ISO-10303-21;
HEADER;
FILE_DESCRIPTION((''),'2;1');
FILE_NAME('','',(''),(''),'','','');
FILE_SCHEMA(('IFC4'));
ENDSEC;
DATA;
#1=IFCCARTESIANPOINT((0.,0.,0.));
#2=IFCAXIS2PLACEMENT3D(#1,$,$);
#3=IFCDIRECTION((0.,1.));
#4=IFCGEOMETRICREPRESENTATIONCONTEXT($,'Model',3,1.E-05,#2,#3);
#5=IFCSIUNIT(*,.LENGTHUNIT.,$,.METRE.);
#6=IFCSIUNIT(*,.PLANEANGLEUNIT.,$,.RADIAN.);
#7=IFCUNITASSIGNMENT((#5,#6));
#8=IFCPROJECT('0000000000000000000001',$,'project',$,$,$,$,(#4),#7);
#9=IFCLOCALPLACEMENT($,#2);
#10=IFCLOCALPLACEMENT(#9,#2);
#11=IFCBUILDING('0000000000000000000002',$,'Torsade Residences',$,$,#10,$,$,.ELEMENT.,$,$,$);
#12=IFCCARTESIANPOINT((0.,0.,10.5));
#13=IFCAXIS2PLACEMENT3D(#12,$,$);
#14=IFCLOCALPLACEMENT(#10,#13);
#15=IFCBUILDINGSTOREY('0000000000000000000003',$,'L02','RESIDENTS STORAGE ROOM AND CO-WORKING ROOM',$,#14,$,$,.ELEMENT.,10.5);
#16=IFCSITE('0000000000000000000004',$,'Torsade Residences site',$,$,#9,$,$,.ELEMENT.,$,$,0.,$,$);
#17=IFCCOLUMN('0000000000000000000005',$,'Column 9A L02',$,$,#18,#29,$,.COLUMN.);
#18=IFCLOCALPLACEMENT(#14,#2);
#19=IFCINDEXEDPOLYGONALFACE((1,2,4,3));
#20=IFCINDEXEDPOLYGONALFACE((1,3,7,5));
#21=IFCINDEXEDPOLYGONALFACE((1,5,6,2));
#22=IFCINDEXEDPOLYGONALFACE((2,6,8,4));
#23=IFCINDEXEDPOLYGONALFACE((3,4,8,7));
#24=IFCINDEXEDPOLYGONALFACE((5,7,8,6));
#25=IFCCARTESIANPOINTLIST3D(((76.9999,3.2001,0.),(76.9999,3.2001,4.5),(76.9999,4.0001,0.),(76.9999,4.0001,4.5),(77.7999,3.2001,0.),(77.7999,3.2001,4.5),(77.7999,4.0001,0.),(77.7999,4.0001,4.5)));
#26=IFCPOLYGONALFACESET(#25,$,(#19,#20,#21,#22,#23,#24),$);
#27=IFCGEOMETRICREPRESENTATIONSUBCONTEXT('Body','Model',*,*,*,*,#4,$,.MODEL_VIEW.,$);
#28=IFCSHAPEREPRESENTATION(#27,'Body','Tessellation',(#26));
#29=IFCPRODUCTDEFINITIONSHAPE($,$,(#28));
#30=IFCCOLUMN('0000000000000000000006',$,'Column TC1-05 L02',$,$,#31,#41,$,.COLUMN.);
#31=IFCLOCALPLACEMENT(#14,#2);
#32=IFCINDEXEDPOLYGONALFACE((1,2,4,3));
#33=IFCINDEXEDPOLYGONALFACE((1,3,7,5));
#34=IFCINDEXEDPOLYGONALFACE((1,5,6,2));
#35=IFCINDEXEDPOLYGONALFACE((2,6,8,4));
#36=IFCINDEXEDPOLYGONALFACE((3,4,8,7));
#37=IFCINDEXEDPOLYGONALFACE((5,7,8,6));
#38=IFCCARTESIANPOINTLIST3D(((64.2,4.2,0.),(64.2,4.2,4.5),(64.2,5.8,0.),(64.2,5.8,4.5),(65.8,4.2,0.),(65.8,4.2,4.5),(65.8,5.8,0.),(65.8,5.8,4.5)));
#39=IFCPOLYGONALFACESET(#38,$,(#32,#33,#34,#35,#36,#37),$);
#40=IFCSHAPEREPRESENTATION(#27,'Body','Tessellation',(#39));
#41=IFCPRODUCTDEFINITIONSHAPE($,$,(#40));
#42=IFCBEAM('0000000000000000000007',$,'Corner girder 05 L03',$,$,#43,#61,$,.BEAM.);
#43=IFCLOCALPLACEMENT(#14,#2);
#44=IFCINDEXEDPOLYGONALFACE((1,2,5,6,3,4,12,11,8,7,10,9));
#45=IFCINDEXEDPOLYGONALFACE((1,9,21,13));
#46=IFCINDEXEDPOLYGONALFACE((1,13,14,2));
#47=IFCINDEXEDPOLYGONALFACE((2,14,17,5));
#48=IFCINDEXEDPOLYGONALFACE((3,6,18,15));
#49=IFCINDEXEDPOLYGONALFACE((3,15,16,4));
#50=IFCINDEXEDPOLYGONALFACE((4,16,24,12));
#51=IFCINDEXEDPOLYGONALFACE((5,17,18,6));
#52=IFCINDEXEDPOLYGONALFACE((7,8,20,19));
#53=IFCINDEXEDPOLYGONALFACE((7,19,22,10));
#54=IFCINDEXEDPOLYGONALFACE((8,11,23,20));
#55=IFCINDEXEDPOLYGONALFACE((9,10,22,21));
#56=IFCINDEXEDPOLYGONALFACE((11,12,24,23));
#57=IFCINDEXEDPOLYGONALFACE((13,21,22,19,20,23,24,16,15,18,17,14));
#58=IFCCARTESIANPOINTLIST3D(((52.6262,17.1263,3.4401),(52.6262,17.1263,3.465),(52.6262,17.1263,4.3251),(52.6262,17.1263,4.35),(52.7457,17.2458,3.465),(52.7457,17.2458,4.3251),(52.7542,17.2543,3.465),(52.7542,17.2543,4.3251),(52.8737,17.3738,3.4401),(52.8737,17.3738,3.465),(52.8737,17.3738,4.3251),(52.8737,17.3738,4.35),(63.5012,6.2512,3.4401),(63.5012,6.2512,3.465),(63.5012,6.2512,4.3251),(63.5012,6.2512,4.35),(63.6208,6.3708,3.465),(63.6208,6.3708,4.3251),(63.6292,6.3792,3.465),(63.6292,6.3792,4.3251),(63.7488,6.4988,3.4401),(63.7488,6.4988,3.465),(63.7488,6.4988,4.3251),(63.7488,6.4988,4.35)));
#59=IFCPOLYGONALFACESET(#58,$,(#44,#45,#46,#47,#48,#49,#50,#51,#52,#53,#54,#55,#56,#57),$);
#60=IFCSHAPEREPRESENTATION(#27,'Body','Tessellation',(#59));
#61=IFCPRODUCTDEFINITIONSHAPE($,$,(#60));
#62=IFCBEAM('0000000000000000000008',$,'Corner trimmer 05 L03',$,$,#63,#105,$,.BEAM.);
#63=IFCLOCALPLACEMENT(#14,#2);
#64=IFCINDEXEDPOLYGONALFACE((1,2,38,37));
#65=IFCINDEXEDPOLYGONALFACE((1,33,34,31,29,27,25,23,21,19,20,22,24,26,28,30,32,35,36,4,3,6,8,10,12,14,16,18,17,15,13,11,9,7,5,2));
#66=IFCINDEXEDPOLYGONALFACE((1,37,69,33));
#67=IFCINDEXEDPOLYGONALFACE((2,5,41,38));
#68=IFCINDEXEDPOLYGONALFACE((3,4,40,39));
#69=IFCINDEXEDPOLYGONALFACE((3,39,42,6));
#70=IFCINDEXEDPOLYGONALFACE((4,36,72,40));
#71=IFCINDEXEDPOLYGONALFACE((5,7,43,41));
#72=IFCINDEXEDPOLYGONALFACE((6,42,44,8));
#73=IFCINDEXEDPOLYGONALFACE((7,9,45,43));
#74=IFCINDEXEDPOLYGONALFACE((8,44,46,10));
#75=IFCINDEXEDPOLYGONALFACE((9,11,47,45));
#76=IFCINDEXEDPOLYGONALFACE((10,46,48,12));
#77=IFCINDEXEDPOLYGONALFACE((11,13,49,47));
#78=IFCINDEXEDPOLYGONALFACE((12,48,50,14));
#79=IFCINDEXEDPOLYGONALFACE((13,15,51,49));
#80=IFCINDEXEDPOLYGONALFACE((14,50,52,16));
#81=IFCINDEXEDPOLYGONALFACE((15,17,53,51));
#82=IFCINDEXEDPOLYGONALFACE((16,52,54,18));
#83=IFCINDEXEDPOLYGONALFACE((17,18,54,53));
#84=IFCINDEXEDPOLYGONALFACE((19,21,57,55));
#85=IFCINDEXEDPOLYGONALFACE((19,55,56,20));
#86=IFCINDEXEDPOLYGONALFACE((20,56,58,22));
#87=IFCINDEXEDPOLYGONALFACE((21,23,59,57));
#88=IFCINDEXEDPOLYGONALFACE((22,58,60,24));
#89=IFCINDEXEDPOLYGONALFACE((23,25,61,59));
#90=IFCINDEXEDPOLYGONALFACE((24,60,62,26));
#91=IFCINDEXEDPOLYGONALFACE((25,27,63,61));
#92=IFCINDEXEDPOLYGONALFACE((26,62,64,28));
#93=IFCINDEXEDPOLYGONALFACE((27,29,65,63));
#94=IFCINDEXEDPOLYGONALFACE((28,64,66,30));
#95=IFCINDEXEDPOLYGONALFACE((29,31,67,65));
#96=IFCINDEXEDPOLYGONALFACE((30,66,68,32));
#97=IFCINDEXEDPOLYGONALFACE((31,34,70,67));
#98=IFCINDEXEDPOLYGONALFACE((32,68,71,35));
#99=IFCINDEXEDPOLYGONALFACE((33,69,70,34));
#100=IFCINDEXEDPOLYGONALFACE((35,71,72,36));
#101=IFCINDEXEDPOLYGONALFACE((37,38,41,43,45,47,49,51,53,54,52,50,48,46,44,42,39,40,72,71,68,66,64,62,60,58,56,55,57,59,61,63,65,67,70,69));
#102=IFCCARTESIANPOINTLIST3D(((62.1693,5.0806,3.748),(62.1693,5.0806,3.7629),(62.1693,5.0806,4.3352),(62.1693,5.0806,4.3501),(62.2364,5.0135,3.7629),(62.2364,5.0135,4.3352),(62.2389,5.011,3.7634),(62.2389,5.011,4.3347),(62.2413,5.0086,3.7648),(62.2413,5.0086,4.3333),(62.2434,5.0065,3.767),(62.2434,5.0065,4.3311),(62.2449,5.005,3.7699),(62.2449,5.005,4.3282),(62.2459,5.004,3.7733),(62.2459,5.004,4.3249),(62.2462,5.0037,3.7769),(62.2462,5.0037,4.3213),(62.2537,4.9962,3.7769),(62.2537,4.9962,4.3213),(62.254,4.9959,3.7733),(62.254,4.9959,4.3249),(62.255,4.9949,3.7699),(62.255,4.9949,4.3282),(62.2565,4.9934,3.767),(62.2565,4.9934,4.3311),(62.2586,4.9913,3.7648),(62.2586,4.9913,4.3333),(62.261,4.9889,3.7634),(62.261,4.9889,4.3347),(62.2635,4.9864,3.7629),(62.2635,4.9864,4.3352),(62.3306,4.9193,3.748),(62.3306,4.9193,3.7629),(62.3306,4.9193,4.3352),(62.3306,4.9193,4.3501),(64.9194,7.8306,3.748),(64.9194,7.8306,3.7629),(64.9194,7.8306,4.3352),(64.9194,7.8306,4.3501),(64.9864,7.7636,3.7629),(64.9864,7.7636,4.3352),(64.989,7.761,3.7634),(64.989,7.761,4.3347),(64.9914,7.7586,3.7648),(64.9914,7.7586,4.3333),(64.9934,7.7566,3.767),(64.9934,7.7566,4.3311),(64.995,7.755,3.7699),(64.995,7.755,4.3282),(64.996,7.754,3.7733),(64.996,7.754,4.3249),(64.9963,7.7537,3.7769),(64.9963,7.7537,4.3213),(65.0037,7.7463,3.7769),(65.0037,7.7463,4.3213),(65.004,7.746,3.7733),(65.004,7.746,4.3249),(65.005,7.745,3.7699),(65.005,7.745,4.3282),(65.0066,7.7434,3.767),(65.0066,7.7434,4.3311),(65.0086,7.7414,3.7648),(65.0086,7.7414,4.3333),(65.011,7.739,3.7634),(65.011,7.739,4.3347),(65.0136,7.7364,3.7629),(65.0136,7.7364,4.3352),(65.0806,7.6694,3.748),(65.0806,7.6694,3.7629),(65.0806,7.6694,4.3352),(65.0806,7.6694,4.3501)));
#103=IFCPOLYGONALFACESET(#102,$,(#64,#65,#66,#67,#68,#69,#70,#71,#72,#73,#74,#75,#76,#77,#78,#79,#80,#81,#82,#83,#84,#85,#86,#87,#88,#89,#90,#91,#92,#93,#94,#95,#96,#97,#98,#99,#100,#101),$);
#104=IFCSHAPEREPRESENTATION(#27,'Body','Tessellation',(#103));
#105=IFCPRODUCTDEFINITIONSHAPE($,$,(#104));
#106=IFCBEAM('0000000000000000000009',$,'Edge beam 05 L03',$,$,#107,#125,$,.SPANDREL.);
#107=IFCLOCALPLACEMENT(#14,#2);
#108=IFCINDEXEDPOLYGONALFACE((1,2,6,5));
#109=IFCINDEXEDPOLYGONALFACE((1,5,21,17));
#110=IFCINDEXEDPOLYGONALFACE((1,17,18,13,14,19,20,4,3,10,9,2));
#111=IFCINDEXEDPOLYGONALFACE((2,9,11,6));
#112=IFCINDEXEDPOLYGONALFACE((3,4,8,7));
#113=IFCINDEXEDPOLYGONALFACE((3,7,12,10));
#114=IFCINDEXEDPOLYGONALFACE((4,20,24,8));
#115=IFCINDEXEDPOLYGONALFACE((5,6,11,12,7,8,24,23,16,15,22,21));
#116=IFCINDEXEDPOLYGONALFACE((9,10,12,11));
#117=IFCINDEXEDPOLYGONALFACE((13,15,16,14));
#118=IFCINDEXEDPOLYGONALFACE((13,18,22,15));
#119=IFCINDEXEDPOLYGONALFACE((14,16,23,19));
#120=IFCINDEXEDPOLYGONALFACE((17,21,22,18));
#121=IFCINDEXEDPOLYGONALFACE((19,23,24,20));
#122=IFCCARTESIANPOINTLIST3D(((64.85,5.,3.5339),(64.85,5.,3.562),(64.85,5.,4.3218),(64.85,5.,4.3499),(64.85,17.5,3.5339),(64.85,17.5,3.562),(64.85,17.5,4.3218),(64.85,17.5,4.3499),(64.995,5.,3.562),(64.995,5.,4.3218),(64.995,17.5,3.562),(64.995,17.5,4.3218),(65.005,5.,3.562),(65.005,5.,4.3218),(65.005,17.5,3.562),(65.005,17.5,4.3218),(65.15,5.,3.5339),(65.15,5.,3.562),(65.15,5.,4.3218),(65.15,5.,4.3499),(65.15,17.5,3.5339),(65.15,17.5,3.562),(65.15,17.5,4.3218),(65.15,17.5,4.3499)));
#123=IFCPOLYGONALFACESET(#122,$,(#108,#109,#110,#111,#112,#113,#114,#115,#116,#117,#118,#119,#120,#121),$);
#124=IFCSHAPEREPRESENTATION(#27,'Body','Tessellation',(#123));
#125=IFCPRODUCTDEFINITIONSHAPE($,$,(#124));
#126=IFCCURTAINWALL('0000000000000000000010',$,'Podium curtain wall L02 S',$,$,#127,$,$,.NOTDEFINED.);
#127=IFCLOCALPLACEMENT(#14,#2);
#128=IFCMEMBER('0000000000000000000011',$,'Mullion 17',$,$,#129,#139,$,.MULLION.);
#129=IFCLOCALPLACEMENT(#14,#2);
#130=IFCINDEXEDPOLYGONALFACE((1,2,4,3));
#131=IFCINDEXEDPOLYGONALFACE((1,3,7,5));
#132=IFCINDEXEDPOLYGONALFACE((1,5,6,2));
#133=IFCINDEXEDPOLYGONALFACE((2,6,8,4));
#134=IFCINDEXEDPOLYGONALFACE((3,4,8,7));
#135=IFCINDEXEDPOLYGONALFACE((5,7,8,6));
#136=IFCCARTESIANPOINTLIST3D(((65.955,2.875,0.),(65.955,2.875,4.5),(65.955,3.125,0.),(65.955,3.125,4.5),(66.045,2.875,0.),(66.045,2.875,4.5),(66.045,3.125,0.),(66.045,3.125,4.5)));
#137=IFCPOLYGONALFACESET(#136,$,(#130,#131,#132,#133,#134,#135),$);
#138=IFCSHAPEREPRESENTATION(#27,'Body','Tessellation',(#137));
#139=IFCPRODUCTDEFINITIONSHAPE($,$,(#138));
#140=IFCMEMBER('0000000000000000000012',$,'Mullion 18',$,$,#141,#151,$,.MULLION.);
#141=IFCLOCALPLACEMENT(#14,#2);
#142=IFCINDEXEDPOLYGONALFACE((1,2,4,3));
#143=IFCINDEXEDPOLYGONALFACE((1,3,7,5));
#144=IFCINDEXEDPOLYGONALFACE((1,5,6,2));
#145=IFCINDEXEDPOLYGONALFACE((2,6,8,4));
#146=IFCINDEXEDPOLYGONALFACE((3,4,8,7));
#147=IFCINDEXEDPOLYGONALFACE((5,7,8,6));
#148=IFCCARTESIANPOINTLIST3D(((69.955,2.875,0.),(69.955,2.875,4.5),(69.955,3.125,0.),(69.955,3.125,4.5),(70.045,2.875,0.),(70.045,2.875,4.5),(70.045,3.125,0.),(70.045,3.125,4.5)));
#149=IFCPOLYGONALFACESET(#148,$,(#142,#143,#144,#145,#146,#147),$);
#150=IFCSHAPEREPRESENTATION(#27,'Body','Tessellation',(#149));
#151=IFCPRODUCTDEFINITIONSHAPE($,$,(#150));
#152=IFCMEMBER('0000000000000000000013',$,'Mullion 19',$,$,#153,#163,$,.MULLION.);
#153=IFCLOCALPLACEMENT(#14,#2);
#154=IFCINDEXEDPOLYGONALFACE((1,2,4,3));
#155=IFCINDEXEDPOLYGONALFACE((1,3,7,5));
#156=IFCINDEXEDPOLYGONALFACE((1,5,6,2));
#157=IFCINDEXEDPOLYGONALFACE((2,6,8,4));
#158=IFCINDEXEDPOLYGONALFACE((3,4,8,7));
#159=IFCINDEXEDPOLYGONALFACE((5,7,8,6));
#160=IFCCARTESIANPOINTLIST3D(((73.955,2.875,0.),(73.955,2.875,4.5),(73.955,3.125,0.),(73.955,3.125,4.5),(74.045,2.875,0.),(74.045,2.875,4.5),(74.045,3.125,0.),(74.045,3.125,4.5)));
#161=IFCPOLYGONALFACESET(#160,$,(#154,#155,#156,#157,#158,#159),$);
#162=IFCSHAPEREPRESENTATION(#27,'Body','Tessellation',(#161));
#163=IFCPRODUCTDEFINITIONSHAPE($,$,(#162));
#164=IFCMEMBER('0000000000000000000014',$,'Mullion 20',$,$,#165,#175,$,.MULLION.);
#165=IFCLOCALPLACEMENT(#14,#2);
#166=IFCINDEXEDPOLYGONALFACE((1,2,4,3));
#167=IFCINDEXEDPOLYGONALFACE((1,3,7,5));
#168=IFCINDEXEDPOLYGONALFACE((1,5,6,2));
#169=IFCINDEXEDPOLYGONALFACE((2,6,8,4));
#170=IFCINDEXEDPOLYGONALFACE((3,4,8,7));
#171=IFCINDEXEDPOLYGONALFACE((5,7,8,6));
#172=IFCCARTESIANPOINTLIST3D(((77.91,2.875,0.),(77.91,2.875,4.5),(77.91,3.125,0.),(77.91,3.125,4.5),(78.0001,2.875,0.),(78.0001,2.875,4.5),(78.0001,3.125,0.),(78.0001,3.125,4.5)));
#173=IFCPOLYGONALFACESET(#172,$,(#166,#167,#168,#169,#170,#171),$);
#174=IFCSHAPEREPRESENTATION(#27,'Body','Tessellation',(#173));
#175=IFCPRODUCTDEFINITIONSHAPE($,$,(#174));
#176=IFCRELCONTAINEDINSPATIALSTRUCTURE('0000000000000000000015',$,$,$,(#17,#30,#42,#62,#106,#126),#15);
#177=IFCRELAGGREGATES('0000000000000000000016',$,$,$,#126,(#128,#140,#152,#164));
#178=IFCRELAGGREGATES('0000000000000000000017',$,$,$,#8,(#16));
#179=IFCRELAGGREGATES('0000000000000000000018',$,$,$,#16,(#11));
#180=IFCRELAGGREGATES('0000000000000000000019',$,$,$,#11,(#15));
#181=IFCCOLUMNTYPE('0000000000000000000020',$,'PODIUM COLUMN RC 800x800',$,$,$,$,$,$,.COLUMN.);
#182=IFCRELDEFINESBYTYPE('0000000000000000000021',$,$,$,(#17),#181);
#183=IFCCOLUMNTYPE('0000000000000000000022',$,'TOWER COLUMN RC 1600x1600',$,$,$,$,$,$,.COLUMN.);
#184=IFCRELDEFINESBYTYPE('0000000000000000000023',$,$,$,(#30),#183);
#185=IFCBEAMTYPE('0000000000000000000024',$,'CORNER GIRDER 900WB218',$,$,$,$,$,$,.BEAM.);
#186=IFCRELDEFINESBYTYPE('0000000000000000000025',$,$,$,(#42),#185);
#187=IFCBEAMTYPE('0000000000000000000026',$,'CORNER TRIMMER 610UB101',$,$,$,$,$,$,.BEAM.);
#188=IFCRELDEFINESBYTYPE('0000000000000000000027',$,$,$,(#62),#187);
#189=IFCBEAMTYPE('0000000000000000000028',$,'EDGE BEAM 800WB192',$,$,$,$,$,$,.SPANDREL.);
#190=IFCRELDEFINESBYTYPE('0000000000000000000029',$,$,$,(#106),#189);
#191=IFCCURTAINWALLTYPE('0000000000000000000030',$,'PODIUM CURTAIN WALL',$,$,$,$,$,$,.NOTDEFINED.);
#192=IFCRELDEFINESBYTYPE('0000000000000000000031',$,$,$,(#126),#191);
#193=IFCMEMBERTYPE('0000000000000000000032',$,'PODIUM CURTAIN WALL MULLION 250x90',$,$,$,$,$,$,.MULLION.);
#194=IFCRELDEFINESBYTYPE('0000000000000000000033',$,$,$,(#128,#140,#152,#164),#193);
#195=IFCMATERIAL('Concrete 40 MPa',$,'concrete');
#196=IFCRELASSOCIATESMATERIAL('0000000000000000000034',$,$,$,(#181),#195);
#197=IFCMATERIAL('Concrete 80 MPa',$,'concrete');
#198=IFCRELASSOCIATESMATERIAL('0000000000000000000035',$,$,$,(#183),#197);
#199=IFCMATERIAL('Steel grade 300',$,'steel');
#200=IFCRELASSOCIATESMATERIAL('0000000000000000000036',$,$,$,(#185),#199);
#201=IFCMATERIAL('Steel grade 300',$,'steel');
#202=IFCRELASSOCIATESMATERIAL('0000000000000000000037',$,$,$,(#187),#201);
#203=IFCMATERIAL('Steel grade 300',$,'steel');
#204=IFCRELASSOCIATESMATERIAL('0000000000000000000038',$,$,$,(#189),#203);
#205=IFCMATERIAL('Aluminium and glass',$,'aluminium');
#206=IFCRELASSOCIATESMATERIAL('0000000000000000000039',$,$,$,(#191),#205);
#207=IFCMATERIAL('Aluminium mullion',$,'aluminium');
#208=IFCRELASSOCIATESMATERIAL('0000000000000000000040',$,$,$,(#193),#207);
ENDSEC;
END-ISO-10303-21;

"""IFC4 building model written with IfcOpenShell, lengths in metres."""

from ifc_helpers import new_model, si_unit, direction, frame, origin, origin_2d, place, context, subcontext, project, spatial, rectangle, i_section, extrude, material, material_profile, profile_set, type_object, element, aggregate, save


model = new_model("IFC4")

# Units and contexts
model_context = context("Model", 3, precision=1e-05, world=origin(), true_north=direction((0.0, 1.0)))
body_context = subcontext(model_context, "Body", "Model", "MODEL_VIEW")
ifc_project = project(units=[si_unit("LENGTHUNIT", "METRE"), si_unit("PLANEANGLEUNIT", "RADIAN")], contexts=[model_context])

# Site, building, storey
site_placement = place(None, origin())
site = spatial("IfcSite", under=ifc_project, at=site_placement, Name="Torsade Residences site", CompositionType="ELEMENT", RefElevation=0.0)
building_placement = place(site_placement, origin())
building = spatial("IfcBuilding", under=site, at=building_placement, Name="Torsade Residences", CompositionType="ELEMENT")
storey_placement = place(building_placement, frame((0.0, 0.0, 10.5)))
storey = spatial("IfcBuildingStorey", under=building, at=storey_placement, Name="L02", Description="RESIDENTS STORAGE ROOM AND CO-WORKING ROOM", CompositionType="ELEMENT", Elevation=10.5)

# Columns
ifc_material_1 = material(Name="Concrete 40 MPa", Category="concrete")
ifc_material_profile_1 = material_profile(ifc_material_1, rectangle(XDim=0.8, YDim=0.8, at=origin_2d()), Name="RC 800x800")
ifc_profile_set_1 = profile_set([ifc_material_profile_1], Name="Concrete 40 MPa")
column_type_1 = type_object("IfcColumnType", Name="PODIUM COLUMN RC 800x800", PredefinedType="COLUMN", material=ifc_profile_set_1)
column_1_placement = place(storey_placement, frame((77.3999, 3.6001, 0.0), z_axis=(0.0, 0.0, 1.0), x_axis=(1.0, 0.0, 0.0)))
element("IfcColumn", 1, at=column_1_placement, inside=storey, type_object=column_type_1, Name="Column 9A L02", PredefinedType="COLUMN", context=body_context, shape_type="SweptSolid", body=[
    extrude(rectangle(XDim=0.8, YDim=0.8, at=origin_2d()), origin(), (0.0, 0.0, 1.0), 4.5),
])
ifc_material_2 = material(Name="Concrete 80 MPa", Category="concrete")
ifc_material_profile_2 = material_profile(ifc_material_2, rectangle(XDim=1.6001, YDim=1.6001, at=origin_2d()), Name="RC 1600x1600")
ifc_profile_set_2 = profile_set([ifc_material_profile_2], Name="Concrete 80 MPa")
column_type_2 = type_object("IfcColumnType", Name="TOWER COLUMN RC 1600x1600", PredefinedType="COLUMN", material=ifc_profile_set_2)
column_2_placement = place(storey_placement, frame((65.0, 5.0, 0.0), z_axis=(0.0, 0.0, 1.0), x_axis=(1.0, 0.0, 0.0)))
element("IfcColumn", 2, at=column_2_placement, inside=storey, type_object=column_type_2, Name="Column TC1-05 L02", PredefinedType="COLUMN", context=body_context, shape_type="SweptSolid", body=[
    extrude(rectangle(XDim=1.6001, YDim=1.6001, at=origin_2d()), origin(), (0.0, 0.0, 1.0), 4.5),
])

# Beams
ifc_material_3 = material(Name="Steel grade 300", Category="steel")
ifc_material_profile_3 = material_profile(ifc_material_3, i_section(OverallWidth=0.3501, OverallDepth=0.9099, WebThickness=0.012, FlangeThickness=0.0249, at=origin_2d()), Name="900WB218")
ifc_profile_set_3 = profile_set([ifc_material_profile_3], Name="Steel grade 300")
beam_type_1 = type_object("IfcBeamType", Name="CORNER GIRDER 900WB218", PredefinedType="BEAM", material=ifc_profile_set_3)
beam_1_placement = place(storey_placement, frame((63.625, 6.375, 3.895), z_axis=(-0.707107, 0.707107, 0.0), x_axis=(-0.707107, -0.707107, 0.0)))
element("IfcBeam", 3, at=beam_1_placement, inside=storey, type_object=beam_type_1, Name="Corner girder 05 L03", PredefinedType="BEAM", context=body_context, shape_type="SweptSolid", body=[
    extrude(i_section(OverallWidth=0.3501, OverallDepth=0.9099, WebThickness=0.012, FlangeThickness=0.0249, at=origin_2d()), origin(), (0.0, 0.0, 1.0), 15.3796),
])
ifc_material_4 = material(Name="Steel grade 300", Category="steel")
ifc_material_profile_4 = material_profile(ifc_material_4, i_section(OverallWidth=0.228, OverallDepth=0.6021, WebThickness=0.0105, FlangeThickness=0.0149, FilletRadius=0.0139, at=origin_2d()), Name="610UB101")
ifc_profile_set_4 = profile_set([ifc_material_profile_4], Name="Steel grade 300")
beam_type_2 = type_object("IfcBeamType", Name="CORNER TRIMMER 610UB101", PredefinedType="BEAM", material=ifc_profile_set_4)
beam_2_placement = place(storey_placement, frame((65.0, 7.75, 4.0491), z_axis=(-0.707107, -0.707107, 0.0), x_axis=(0.707107, -0.707107, 0.0)))
element("IfcBeam", 4, at=beam_2_placement, inside=storey, type_object=beam_type_2, Name="Corner trimmer 05 L03", PredefinedType="BEAM", context=body_context, shape_type="SweptSolid", body=[
    extrude(i_section(OverallWidth=0.228, OverallDepth=0.6021, WebThickness=0.0105, FlangeThickness=0.0149, FilletRadius=0.0139, at=origin_2d()), origin(), (0.0, 0.0, 1.0), 3.8892),
])
ifc_material_5 = material(Name="Steel grade 300", Category="steel")
ifc_material_profile_5 = material_profile(ifc_material_5, i_section(OverallWidth=0.3, OverallDepth=0.8159, WebThickness=0.01, FlangeThickness=0.0281, at=origin_2d()), Name="800WB192")
ifc_profile_set_5 = profile_set([ifc_material_profile_5], Name="Steel grade 300")
beam_type_3 = type_object("IfcBeamType", Name="EDGE BEAM 800WB192", PredefinedType="SPANDREL", material=ifc_profile_set_5)
beam_3_placement = place(storey_placement, frame((65.0, 5.0, 3.9419), z_axis=(0.0, 1.0, 0.0), x_axis=(-1.0, 0.0, 0.0)))
element("IfcBeam", 5, at=beam_3_placement, inside=storey, type_object=beam_type_3, Name="Edge beam 05 L03", PredefinedType="SPANDREL", context=body_context, shape_type="SweptSolid", body=[
    extrude(i_section(OverallWidth=0.3, OverallDepth=0.8159, WebThickness=0.01, FlangeThickness=0.0281, at=origin_2d()), origin(), (0.0, 0.0, 1.0), 12.5),
])

# Curtain wall, members
ifc_material_6 = material(Name="Aluminium and glass", Category="aluminium")
curtain_wall_type = type_object("IfcCurtainWallType", Name="PODIUM CURTAIN WALL", PredefinedType="NOTDEFINED", material=ifc_material_6)
curtain_wall_1_placement = place(storey_placement, origin())
curtain_wall_1 = element("IfcCurtainWall", 6, at=curtain_wall_1_placement, inside=storey, type_object=curtain_wall_type, Name="Podium curtain wall L02 S", PredefinedType="NOTDEFINED")
ifc_material_7 = material(Name="Aluminium mullion", Category="aluminium")
ifc_material_profile_6 = material_profile(ifc_material_7, rectangle(XDim=0.25, YDim=0.0901, at=origin_2d()), Name="PODIUM CURTAIN WALL MULLION 250x90")
ifc_profile_set_6 = profile_set([ifc_material_profile_6], Name="Aluminium mullion")
member_type_1 = type_object("IfcMemberType", Name="PODIUM CURTAIN WALL MULLION 250x90", PredefinedType="MULLION", material=ifc_profile_set_6)
member_1_placement = place(storey_placement, frame((66.0, 3.0, 0.0), z_axis=(0.0, 0.0, 1.0), x_axis=(0.0, 1.0, 0.0)))
member_1 = element("IfcMember", 7, at=member_1_placement, type_object=member_type_1, Name="Mullion 17", PredefinedType="MULLION", context=body_context, shape_type="SweptSolid", body=[
    extrude(rectangle(XDim=0.25, YDim=0.0901, at=origin_2d()), origin(), (0.0, 0.0, 1.0), 4.5),
])
member_2_placement = place(storey_placement, frame((70.0, 3.0, 0.0), z_axis=(0.0, 0.0, 1.0), x_axis=(0.0, 1.0, 0.0)))
member_2 = element("IfcMember", 8, at=member_2_placement, type_object=member_type_1, Name="Mullion 18", PredefinedType="MULLION", context=body_context, shape_type="SweptSolid", body=[
    extrude(rectangle(XDim=0.25, YDim=0.0901, at=origin_2d()), origin(), (0.0, 0.0, 1.0), 4.5),
])
member_3_placement = place(storey_placement, frame((74.0, 3.0, 0.0), z_axis=(0.0, 0.0, 1.0), x_axis=(0.0, 1.0, 0.0)))
member_3 = element("IfcMember", 9, at=member_3_placement, type_object=member_type_1, Name="Mullion 19", PredefinedType="MULLION", context=body_context, shape_type="SweptSolid", body=[
    extrude(rectangle(XDim=0.25, YDim=0.0901, at=origin_2d()), origin(), (0.0, 0.0, 1.0), 4.5),
])
member_4_placement = place(storey_placement, frame((77.9551, 3.0, 0.0), z_axis=(0.0, 0.0, 1.0), x_axis=(0.0, 1.0, 0.0)))
member_4 = element("IfcMember", 10, at=member_4_placement, type_object=member_type_1, Name="Mullion 20", PredefinedType="MULLION", context=body_context, shape_type="SweptSolid", body=[
    extrude(rectangle(XDim=0.25, YDim=0.0901, at=origin_2d()), origin(), (0.0, 0.0, 1.0), 4.5),
])

aggregate(curtain_wall_1, [member_1, member_2, member_3, member_4])

save(model, "model.ifc")
